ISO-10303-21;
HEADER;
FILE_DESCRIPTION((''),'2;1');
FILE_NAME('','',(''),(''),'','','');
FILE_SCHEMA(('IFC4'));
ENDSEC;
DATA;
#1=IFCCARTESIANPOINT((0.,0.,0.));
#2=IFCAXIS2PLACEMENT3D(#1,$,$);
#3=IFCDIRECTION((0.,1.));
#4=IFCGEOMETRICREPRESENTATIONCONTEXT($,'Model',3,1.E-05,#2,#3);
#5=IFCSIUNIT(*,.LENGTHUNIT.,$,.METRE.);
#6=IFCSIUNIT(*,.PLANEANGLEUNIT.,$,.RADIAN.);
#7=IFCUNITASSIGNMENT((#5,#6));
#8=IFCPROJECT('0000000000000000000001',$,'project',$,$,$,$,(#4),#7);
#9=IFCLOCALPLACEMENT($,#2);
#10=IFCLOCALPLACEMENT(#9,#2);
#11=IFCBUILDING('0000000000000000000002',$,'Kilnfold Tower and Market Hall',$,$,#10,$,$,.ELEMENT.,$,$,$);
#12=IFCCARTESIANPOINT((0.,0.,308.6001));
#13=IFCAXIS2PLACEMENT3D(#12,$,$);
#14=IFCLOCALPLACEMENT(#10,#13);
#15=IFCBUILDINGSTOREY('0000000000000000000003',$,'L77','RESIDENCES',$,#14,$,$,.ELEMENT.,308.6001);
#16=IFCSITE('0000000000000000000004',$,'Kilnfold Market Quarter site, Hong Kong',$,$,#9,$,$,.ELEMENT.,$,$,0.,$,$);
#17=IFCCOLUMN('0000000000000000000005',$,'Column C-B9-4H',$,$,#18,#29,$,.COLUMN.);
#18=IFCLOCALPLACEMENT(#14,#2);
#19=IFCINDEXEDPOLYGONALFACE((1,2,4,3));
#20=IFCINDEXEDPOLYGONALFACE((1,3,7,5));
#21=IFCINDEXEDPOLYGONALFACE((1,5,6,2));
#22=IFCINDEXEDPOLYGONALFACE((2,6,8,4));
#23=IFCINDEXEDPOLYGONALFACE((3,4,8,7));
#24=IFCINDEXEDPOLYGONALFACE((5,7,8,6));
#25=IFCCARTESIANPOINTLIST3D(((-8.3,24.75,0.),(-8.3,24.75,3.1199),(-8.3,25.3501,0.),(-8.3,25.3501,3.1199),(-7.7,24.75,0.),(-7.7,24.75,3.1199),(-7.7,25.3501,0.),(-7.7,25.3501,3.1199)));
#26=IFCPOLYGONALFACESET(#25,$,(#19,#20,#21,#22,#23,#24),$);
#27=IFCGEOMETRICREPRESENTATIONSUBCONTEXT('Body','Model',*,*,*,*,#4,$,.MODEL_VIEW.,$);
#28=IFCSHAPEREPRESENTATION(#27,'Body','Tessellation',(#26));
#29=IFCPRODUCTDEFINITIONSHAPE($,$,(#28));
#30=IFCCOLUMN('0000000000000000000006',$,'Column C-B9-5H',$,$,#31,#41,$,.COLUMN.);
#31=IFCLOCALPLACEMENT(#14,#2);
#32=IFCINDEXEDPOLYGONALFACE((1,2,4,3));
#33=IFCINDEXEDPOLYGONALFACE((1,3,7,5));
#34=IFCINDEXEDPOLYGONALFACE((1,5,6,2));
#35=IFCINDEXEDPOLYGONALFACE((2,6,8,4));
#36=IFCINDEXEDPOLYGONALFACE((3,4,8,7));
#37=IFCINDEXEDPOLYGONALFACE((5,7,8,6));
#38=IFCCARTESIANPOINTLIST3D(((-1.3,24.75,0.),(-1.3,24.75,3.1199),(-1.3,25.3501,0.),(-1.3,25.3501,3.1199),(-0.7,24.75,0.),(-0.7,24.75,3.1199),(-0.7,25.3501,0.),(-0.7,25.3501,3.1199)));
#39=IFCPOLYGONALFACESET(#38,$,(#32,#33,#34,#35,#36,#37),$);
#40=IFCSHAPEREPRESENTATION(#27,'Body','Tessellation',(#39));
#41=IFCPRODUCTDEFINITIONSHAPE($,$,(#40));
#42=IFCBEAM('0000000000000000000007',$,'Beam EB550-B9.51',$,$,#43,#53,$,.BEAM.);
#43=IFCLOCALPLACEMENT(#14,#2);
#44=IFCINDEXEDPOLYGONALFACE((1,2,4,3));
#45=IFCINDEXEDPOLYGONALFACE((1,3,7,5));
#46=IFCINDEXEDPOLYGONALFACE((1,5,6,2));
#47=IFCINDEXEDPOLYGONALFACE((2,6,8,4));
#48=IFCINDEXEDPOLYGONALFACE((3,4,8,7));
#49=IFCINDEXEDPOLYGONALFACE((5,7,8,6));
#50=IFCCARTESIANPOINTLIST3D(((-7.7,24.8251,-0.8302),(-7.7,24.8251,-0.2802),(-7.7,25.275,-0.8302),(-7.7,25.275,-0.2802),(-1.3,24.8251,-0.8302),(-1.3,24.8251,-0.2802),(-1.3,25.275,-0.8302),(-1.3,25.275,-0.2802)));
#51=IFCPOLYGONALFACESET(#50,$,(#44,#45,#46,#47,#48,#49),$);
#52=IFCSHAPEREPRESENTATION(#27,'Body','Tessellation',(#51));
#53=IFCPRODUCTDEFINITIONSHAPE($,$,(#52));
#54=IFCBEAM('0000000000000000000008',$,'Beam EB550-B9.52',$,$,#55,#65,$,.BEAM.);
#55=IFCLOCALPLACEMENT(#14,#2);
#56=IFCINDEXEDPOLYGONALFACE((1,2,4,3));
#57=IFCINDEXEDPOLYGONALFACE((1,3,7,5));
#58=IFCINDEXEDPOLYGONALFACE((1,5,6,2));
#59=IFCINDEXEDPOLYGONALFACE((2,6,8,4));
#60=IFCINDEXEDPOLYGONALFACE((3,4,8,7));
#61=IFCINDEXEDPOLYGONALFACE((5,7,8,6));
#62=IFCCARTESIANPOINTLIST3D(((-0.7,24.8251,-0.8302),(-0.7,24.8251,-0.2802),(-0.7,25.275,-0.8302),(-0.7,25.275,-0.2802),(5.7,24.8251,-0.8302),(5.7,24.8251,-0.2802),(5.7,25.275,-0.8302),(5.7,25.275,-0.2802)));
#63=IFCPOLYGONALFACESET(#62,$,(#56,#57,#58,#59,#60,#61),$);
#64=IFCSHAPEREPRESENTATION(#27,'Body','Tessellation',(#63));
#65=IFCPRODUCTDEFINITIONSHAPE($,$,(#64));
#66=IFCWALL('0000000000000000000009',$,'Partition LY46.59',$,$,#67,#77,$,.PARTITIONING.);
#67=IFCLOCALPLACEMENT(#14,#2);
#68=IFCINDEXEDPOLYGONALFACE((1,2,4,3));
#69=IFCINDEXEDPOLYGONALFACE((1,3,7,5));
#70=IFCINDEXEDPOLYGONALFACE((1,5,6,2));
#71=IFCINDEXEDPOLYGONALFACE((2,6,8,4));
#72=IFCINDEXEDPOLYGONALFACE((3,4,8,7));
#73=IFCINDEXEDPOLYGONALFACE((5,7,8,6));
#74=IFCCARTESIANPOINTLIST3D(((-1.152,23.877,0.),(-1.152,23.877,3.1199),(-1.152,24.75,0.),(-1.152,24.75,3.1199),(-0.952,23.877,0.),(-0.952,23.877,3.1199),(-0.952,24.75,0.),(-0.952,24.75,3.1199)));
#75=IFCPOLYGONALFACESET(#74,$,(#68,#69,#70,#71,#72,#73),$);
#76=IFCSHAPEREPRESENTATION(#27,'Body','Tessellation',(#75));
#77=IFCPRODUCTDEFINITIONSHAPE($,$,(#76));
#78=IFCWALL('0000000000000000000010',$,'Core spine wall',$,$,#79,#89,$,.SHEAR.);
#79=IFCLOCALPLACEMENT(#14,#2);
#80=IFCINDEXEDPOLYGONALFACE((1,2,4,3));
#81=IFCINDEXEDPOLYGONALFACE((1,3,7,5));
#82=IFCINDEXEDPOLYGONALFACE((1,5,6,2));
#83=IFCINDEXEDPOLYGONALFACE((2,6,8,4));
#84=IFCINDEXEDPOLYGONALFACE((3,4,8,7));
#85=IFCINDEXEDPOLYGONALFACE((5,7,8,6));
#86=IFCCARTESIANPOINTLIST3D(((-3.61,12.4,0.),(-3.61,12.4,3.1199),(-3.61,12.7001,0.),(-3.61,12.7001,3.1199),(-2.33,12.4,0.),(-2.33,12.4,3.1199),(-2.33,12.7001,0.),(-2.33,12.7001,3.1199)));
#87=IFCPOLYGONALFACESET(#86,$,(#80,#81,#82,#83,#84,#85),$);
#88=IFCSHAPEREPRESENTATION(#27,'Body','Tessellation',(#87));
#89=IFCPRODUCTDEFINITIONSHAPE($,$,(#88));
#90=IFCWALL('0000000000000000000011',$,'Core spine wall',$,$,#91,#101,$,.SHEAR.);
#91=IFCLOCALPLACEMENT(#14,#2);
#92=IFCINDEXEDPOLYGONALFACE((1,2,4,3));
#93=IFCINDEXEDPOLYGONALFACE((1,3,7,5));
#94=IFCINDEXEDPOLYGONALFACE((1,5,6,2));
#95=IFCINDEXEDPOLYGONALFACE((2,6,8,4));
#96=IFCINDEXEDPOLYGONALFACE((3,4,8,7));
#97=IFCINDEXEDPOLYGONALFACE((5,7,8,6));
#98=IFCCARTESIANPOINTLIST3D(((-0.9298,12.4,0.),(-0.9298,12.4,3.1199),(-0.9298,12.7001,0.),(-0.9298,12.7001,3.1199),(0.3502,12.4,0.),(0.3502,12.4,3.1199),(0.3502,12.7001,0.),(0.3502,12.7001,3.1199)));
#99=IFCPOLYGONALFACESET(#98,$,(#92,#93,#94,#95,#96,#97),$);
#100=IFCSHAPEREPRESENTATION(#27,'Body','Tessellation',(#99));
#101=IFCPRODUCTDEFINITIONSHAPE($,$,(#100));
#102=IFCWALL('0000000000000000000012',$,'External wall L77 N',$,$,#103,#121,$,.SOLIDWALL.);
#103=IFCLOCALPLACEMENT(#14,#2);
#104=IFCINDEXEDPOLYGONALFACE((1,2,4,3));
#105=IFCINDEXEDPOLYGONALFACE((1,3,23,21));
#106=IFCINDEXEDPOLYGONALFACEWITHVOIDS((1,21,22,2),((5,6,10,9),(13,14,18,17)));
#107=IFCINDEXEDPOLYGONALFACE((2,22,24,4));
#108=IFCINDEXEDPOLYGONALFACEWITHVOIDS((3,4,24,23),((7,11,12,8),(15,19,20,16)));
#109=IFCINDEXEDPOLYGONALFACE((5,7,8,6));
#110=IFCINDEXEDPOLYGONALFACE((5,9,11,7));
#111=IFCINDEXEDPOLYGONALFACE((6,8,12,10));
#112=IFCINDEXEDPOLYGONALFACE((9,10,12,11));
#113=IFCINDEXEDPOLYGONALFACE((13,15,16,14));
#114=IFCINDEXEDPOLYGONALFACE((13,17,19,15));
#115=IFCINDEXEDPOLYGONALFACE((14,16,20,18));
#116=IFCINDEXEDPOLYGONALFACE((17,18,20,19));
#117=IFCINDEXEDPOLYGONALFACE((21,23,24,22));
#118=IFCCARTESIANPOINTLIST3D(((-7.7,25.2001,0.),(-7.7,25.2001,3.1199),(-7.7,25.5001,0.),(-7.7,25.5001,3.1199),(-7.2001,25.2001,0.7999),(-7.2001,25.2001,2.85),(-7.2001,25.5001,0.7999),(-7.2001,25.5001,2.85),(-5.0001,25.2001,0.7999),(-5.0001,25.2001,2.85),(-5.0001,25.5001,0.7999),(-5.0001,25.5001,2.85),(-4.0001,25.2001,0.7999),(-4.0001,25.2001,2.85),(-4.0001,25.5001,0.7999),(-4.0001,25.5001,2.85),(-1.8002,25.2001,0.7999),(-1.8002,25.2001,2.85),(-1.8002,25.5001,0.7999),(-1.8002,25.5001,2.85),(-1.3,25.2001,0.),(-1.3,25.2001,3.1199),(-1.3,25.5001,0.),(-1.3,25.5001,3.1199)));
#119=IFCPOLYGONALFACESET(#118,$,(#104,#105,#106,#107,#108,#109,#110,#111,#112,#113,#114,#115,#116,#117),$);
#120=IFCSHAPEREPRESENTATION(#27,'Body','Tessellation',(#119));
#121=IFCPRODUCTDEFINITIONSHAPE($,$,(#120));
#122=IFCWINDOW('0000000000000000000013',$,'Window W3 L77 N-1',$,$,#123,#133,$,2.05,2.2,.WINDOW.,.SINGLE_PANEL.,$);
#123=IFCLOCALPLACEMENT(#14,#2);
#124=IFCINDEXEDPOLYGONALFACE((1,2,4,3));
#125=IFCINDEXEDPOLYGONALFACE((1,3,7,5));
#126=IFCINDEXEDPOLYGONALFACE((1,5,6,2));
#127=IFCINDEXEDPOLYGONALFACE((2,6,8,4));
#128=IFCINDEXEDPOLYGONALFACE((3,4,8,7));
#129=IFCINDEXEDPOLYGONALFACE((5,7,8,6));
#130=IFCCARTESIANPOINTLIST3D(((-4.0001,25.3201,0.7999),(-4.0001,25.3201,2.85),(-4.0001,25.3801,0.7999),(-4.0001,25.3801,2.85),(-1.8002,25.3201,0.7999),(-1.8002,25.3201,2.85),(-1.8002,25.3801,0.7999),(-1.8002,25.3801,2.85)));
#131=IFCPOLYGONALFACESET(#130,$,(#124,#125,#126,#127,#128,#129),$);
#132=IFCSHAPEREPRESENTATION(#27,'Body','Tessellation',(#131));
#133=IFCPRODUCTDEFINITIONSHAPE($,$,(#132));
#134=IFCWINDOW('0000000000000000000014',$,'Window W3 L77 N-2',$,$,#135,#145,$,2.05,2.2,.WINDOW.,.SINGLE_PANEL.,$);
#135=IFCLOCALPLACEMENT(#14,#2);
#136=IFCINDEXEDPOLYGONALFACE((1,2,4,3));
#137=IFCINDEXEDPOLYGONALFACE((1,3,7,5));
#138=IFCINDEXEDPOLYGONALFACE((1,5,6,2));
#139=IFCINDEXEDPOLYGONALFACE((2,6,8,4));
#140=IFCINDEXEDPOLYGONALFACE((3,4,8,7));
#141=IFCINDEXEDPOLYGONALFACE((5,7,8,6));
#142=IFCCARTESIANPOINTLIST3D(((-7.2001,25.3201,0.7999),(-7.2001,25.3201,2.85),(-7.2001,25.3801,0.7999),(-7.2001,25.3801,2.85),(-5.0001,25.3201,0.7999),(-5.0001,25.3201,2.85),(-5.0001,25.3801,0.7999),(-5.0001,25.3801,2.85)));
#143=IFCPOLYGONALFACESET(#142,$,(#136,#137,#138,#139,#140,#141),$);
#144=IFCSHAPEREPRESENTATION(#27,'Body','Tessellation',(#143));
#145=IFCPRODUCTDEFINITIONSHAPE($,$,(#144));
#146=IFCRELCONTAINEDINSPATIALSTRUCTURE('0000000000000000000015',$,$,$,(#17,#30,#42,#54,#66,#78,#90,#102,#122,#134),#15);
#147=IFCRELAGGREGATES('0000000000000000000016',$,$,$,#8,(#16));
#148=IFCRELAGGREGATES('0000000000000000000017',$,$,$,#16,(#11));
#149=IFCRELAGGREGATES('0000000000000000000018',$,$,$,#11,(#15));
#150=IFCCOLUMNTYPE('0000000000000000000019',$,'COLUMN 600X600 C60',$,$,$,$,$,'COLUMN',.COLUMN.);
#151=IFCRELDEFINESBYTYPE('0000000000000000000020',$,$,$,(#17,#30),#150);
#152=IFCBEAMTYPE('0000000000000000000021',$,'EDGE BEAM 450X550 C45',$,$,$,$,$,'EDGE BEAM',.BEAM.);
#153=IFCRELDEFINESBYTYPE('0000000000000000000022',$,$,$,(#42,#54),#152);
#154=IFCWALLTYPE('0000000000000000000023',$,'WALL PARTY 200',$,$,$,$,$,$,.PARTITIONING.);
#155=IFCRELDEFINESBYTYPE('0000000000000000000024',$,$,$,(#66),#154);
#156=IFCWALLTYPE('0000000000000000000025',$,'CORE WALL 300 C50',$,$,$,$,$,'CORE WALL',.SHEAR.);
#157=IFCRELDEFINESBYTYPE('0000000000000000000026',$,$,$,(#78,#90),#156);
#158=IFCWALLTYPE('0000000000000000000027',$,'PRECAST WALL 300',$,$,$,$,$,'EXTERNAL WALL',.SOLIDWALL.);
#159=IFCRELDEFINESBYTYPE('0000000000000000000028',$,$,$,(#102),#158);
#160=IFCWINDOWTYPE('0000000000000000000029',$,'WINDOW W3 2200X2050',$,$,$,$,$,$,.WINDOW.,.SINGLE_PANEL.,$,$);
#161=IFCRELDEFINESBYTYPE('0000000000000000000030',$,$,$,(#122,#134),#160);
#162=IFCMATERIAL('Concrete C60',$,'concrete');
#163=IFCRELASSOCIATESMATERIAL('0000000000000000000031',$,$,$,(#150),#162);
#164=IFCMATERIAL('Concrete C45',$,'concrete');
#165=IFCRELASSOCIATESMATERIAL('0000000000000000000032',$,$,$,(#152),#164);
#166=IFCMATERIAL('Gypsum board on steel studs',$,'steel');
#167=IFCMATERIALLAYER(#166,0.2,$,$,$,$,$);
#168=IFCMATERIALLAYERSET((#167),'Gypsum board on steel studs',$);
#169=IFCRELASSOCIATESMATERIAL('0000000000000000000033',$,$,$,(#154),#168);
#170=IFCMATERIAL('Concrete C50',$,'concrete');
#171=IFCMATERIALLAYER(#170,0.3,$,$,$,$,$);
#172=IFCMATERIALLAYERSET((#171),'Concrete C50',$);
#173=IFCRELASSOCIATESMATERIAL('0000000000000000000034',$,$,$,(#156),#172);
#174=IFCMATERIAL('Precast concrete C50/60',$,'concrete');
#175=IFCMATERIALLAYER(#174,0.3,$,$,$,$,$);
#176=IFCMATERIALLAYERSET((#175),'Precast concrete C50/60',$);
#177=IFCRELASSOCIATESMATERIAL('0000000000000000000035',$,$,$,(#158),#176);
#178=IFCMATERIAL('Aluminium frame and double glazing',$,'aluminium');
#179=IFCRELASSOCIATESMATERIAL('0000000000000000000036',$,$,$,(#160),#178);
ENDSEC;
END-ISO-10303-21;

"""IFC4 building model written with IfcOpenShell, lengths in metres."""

from ifc_helpers import new_model, si_unit, direction, frame, frame_2d, origin, origin_2d, place, context, subcontext, project, spatial, rectangle, extrude, source, transform, mapped, material, layer, layer_set, material_profile, profile_set, type_object, element, fill, save


model = new_model("IFC4")

# Units and contexts
model_context = context("Model", 3, precision=1e-05, world=origin(), true_north=direction((0.0, 1.0)))
body_context = subcontext(model_context, "Body", "Model", "MODEL_VIEW")
ifc_project = project(units=[si_unit("LENGTHUNIT", "METRE"), si_unit("PLANEANGLEUNIT", "RADIAN")], contexts=[model_context])

# Site, building, storey
site_placement = place(None, origin())
site = spatial("IfcSite", under=ifc_project, at=site_placement, Name="Kilnfold Market Quarter site, Hong Kong", CompositionType="ELEMENT", RefElevation=0.0)
building_placement = place(site_placement, origin())
building = spatial("IfcBuilding", under=site, at=building_placement, Name="Kilnfold Tower and Market Hall", CompositionType="ELEMENT")
storey_placement = place(building_placement, frame((0.0, 0.0, 308.6001)))
storey = spatial("IfcBuildingStorey", under=building, at=storey_placement, Name="L77", Description="RESIDENCES", CompositionType="ELEMENT", Elevation=308.6001)

# Columns
ifc_material_1 = material(Name="Concrete C60", Category="concrete")
ifc_material_profile_1 = material_profile(ifc_material_1, rectangle(XDim=0.6001, YDim=0.6001, at=origin_2d()), Name="RC 600x600")
ifc_profile_set_1 = profile_set([ifc_material_profile_1], Name="Concrete C60")
column_type = type_object("IfcColumnType", Name="COLUMN 600X600 C60", ElementType="COLUMN", PredefinedType="COLUMN", material=ifc_profile_set_1)
shared_shape_1 = source(origin(), body_context, "Body", "SweptSolid", [
    extrude(rectangle(XDim=0.6001, YDim=0.6001, at=origin_2d()), origin(), (0.0, 0.0, 1.0), 3.1199),
])
for number, where, z_axis, x_axis, name in (
    (1, (-8.0, 25.05, 0.0), (0.0, 0.0, 1.0), (1.0, 0.0, 0.0), "Column C-B9-4H"),
    (2, (-1.0, 25.05, 0.0), (0.0, 0.0, 1.0), (1.0, 0.0, 0.0), "Column C-B9-5H"),
):
    element("IfcColumn", number, at=place(storey_placement, frame(where, z_axis=z_axis, x_axis=x_axis)), inside=storey, type_object=column_type, Name=name, PredefinedType="COLUMN", context=body_context, shape_type="MappedRepresentation", body=[
        mapped(shared_shape_1, transform((0.0, 0.0, 0.0))),
    ])

# Beams
ifc_material_2 = material(Name="Concrete C45", Category="concrete")
ifc_material_profile_2 = material_profile(ifc_material_2, rectangle(XDim=0.45, YDim=0.55, at=origin_2d()), Name="RC 450x550")
ifc_profile_set_2 = profile_set([ifc_material_profile_2], Name="Concrete C45")
beam_type = type_object("IfcBeamType", Name="EDGE BEAM 450X550 C45", ElementType="EDGE BEAM", PredefinedType="BEAM", material=ifc_profile_set_2)
shared_shape_2 = source(origin(), body_context, "Body", "SweptSolid", [
    extrude(rectangle(XDim=0.45, YDim=0.55, at=origin_2d()), origin(), (0.0, 0.0, 1.0), 6.3999),
])
for number, where, z_axis, x_axis, name in (
    (3, (-7.7, 25.05, -0.5552), (1.0, 0.0, 0.0), (0.0, 1.0, 0.0), "Beam EB550-B9.51"),
    (4, (-0.7, 25.05, -0.5552), (1.0, 0.0, 0.0), (0.0, 1.0, 0.0), "Beam EB550-B9.52"),
):
    element("IfcBeam", number, at=place(storey_placement, frame(where, z_axis=z_axis, x_axis=x_axis)), inside=storey, type_object=beam_type, Name=name, PredefinedType="BEAM", context=body_context, shape_type="MappedRepresentation", body=[
        mapped(shared_shape_2, transform((0.0, 0.0, 0.0))),
    ])

# Walls
ifc_material_3 = material(Name="Gypsum board on steel studs", Category="steel")
ifc_layer_1 = layer(ifc_material_3, 0.2)
ifc_layer_set_1 = layer_set([ifc_layer_1], Name="Gypsum board on steel studs")
wall_type_1 = type_object("IfcWallType", Name="WALL PARTY 200", PredefinedType="PARTITIONING", material=ifc_layer_set_1)
wall_1_placement = place(storey_placement, frame((-1.052, 23.877, 0.0), z_axis=(0.0, 0.0, 1.0), x_axis=(0.0, 1.0, 0.0)))
element("IfcWall", 5, at=wall_1_placement, inside=storey, type_object=wall_type_1, Name="Partition LY46.59", PredefinedType="PARTITIONING", context=body_context, shape_type="SweptSolid", body=[
    extrude(rectangle(XDim=0.873, YDim=0.2, at=frame_2d((0.4365, 0.0))), origin(), (0.0, 0.0, 1.0), 3.1199),
])
ifc_material_4 = material(Name="Concrete C50", Category="concrete")
ifc_layer_2 = layer(ifc_material_4, 0.3)
ifc_layer_set_2 = layer_set([ifc_layer_2], Name="Concrete C50")
wall_type_2 = type_object("IfcWallType", Name="CORE WALL 300 C50", ElementType="CORE WALL", PredefinedType="SHEAR", material=ifc_layer_set_2)
shared_shape_3 = source(origin(), body_context, "Body", "SweptSolid", [
    extrude(rectangle(XDim=1.28, YDim=0.3, at=frame_2d((0.6401, 0.0))), origin(), (0.0, 0.0, 1.0), 3.1199),
])
for number, where, z_axis, x_axis, name in (
    (6, (-3.6101, 12.55, 0.0), (0.0, 0.0, 1.0), (1.0, 0.0, 0.0), "Core spine wall"),
    (7, (-0.9299, 12.55, 0.0), (0.0, 0.0, 1.0), (1.0, 0.0, 0.0), "Core spine wall"),
):
    element("IfcWall", number, at=place(storey_placement, frame(where, z_axis=z_axis, x_axis=x_axis)), inside=storey, type_object=wall_type_2, Name=name, PredefinedType="SHEAR", context=body_context, shape_type="MappedRepresentation", body=[
        mapped(shared_shape_3, transform((0.0, 0.0, 0.0))),
    ])

# Wall, openings, windows
ifc_material_5 = material(Name="Precast concrete C50/60", Category="concrete")
ifc_layer_3 = layer(ifc_material_5, 0.3)
ifc_layer_set_3 = layer_set([ifc_layer_3], Name="Precast concrete C50/60")
wall_type_3 = type_object("IfcWallType", Name="PRECAST WALL 300", ElementType="EXTERNAL WALL", PredefinedType="SOLIDWALL", material=ifc_layer_set_3)
shared_shape_4 = source(origin(), body_context, "Body", "SweptSolid", [
    extrude(rectangle(XDim=6.3999, YDim=0.3, at=frame_2d((3.2, 0.0))), origin(), (0.0, 0.0, 1.0), 3.1199),
])
wall_2_placement = place(storey_placement, frame((-1.3, 25.3501, 0.0), z_axis=(0.0, 0.0, 1.0), x_axis=(-1.0, 0.0, 0.0)))
wall_2 = element("IfcWall", 8, at=wall_2_placement, inside=storey, type_object=wall_type_3, Name="External wall L77 N", PredefinedType="SOLIDWALL", context=body_context, shape_type="MappedRepresentation", body=[
    mapped(shared_shape_4, transform((0.0, 0.0, 0.0))),
])
opening_1_placement = place(wall_2_placement, frame((0.5, 0.0, 0.8)))
opening_1 = element("IfcOpeningElement", 9, at=opening_1_placement, cuts=wall_2, PredefinedType="OPENING", context=body_context, shape_type="SweptSolid", body=[
    extrude(rectangle(XDim=2.2, YDim=2.05, at=frame_2d((1.1001, 1.0249))), frame((0.0, 0.1602, 0.0), z_axis=(0.0, -1.0, 0.0), x_axis=(1.0, 0.0, 0.0)), (0.0, 0.0, 1.0), 0.3201),
])
opening_2_placement = place(wall_2_placement, frame((3.7, 0.0, 0.8)))
opening_2 = element("IfcOpeningElement", 10, at=opening_2_placement, cuts=wall_2, PredefinedType="OPENING", context=body_context, shape_type="SweptSolid", body=[
    extrude(rectangle(XDim=2.2, YDim=2.05, at=frame_2d((1.1001, 1.0249))), frame((0.0, 0.1602, 0.0), z_axis=(0.0, -1.0, 0.0), x_axis=(1.0, 0.0, 0.0)), (0.0, 0.0, 1.0), 0.3201),
])
ifc_material_6 = material(Name="Aluminium frame and double glazing", Category="aluminium")
window_type = type_object("IfcWindowType", Name="WINDOW W3 2200X2050", PartitioningType="SINGLE_PANEL", PredefinedType="WINDOW", material=ifc_material_6)
window_1_placement = place(opening_1_placement, origin())
window_1 = element("IfcWindow", 11, at=window_1_placement, inside=storey, type_object=window_type, Name="Window W3 L77 N-1", OverallHeight=2.05, OverallWidth=2.2, PartitioningType="SINGLE_PANEL", PredefinedType="WINDOW", context=body_context, shape_type="SweptSolid", body=[
    extrude(rectangle(XDim=2.2, YDim=2.05, at=frame_2d((1.1001, 1.0249))), frame((0.0, 0.03, 0.0), z_axis=(0.0, -1.0, 0.0), x_axis=(1.0, 0.0, 0.0)), (0.0, 0.0, 1.0), 0.0601),
])
fill(opening_1, window_1)
window_2_placement = place(opening_2_placement, origin())
window_2 = element("IfcWindow", 12, at=window_2_placement, inside=storey, type_object=window_type, Name="Window W3 L77 N-2", OverallHeight=2.05, OverallWidth=2.2, PartitioningType="SINGLE_PANEL", PredefinedType="WINDOW", context=body_context, shape_type="SweptSolid", body=[
    extrude(rectangle(XDim=2.2, YDim=2.05, at=frame_2d((1.1001, 1.0249))), frame((0.0, 0.03, 0.0), z_axis=(0.0, -1.0, 0.0), x_axis=(1.0, 0.0, 0.0)), (0.0, 0.0, 1.0), 0.0601),
])
fill(opening_2, window_2)

save(model, "model.ifc")
